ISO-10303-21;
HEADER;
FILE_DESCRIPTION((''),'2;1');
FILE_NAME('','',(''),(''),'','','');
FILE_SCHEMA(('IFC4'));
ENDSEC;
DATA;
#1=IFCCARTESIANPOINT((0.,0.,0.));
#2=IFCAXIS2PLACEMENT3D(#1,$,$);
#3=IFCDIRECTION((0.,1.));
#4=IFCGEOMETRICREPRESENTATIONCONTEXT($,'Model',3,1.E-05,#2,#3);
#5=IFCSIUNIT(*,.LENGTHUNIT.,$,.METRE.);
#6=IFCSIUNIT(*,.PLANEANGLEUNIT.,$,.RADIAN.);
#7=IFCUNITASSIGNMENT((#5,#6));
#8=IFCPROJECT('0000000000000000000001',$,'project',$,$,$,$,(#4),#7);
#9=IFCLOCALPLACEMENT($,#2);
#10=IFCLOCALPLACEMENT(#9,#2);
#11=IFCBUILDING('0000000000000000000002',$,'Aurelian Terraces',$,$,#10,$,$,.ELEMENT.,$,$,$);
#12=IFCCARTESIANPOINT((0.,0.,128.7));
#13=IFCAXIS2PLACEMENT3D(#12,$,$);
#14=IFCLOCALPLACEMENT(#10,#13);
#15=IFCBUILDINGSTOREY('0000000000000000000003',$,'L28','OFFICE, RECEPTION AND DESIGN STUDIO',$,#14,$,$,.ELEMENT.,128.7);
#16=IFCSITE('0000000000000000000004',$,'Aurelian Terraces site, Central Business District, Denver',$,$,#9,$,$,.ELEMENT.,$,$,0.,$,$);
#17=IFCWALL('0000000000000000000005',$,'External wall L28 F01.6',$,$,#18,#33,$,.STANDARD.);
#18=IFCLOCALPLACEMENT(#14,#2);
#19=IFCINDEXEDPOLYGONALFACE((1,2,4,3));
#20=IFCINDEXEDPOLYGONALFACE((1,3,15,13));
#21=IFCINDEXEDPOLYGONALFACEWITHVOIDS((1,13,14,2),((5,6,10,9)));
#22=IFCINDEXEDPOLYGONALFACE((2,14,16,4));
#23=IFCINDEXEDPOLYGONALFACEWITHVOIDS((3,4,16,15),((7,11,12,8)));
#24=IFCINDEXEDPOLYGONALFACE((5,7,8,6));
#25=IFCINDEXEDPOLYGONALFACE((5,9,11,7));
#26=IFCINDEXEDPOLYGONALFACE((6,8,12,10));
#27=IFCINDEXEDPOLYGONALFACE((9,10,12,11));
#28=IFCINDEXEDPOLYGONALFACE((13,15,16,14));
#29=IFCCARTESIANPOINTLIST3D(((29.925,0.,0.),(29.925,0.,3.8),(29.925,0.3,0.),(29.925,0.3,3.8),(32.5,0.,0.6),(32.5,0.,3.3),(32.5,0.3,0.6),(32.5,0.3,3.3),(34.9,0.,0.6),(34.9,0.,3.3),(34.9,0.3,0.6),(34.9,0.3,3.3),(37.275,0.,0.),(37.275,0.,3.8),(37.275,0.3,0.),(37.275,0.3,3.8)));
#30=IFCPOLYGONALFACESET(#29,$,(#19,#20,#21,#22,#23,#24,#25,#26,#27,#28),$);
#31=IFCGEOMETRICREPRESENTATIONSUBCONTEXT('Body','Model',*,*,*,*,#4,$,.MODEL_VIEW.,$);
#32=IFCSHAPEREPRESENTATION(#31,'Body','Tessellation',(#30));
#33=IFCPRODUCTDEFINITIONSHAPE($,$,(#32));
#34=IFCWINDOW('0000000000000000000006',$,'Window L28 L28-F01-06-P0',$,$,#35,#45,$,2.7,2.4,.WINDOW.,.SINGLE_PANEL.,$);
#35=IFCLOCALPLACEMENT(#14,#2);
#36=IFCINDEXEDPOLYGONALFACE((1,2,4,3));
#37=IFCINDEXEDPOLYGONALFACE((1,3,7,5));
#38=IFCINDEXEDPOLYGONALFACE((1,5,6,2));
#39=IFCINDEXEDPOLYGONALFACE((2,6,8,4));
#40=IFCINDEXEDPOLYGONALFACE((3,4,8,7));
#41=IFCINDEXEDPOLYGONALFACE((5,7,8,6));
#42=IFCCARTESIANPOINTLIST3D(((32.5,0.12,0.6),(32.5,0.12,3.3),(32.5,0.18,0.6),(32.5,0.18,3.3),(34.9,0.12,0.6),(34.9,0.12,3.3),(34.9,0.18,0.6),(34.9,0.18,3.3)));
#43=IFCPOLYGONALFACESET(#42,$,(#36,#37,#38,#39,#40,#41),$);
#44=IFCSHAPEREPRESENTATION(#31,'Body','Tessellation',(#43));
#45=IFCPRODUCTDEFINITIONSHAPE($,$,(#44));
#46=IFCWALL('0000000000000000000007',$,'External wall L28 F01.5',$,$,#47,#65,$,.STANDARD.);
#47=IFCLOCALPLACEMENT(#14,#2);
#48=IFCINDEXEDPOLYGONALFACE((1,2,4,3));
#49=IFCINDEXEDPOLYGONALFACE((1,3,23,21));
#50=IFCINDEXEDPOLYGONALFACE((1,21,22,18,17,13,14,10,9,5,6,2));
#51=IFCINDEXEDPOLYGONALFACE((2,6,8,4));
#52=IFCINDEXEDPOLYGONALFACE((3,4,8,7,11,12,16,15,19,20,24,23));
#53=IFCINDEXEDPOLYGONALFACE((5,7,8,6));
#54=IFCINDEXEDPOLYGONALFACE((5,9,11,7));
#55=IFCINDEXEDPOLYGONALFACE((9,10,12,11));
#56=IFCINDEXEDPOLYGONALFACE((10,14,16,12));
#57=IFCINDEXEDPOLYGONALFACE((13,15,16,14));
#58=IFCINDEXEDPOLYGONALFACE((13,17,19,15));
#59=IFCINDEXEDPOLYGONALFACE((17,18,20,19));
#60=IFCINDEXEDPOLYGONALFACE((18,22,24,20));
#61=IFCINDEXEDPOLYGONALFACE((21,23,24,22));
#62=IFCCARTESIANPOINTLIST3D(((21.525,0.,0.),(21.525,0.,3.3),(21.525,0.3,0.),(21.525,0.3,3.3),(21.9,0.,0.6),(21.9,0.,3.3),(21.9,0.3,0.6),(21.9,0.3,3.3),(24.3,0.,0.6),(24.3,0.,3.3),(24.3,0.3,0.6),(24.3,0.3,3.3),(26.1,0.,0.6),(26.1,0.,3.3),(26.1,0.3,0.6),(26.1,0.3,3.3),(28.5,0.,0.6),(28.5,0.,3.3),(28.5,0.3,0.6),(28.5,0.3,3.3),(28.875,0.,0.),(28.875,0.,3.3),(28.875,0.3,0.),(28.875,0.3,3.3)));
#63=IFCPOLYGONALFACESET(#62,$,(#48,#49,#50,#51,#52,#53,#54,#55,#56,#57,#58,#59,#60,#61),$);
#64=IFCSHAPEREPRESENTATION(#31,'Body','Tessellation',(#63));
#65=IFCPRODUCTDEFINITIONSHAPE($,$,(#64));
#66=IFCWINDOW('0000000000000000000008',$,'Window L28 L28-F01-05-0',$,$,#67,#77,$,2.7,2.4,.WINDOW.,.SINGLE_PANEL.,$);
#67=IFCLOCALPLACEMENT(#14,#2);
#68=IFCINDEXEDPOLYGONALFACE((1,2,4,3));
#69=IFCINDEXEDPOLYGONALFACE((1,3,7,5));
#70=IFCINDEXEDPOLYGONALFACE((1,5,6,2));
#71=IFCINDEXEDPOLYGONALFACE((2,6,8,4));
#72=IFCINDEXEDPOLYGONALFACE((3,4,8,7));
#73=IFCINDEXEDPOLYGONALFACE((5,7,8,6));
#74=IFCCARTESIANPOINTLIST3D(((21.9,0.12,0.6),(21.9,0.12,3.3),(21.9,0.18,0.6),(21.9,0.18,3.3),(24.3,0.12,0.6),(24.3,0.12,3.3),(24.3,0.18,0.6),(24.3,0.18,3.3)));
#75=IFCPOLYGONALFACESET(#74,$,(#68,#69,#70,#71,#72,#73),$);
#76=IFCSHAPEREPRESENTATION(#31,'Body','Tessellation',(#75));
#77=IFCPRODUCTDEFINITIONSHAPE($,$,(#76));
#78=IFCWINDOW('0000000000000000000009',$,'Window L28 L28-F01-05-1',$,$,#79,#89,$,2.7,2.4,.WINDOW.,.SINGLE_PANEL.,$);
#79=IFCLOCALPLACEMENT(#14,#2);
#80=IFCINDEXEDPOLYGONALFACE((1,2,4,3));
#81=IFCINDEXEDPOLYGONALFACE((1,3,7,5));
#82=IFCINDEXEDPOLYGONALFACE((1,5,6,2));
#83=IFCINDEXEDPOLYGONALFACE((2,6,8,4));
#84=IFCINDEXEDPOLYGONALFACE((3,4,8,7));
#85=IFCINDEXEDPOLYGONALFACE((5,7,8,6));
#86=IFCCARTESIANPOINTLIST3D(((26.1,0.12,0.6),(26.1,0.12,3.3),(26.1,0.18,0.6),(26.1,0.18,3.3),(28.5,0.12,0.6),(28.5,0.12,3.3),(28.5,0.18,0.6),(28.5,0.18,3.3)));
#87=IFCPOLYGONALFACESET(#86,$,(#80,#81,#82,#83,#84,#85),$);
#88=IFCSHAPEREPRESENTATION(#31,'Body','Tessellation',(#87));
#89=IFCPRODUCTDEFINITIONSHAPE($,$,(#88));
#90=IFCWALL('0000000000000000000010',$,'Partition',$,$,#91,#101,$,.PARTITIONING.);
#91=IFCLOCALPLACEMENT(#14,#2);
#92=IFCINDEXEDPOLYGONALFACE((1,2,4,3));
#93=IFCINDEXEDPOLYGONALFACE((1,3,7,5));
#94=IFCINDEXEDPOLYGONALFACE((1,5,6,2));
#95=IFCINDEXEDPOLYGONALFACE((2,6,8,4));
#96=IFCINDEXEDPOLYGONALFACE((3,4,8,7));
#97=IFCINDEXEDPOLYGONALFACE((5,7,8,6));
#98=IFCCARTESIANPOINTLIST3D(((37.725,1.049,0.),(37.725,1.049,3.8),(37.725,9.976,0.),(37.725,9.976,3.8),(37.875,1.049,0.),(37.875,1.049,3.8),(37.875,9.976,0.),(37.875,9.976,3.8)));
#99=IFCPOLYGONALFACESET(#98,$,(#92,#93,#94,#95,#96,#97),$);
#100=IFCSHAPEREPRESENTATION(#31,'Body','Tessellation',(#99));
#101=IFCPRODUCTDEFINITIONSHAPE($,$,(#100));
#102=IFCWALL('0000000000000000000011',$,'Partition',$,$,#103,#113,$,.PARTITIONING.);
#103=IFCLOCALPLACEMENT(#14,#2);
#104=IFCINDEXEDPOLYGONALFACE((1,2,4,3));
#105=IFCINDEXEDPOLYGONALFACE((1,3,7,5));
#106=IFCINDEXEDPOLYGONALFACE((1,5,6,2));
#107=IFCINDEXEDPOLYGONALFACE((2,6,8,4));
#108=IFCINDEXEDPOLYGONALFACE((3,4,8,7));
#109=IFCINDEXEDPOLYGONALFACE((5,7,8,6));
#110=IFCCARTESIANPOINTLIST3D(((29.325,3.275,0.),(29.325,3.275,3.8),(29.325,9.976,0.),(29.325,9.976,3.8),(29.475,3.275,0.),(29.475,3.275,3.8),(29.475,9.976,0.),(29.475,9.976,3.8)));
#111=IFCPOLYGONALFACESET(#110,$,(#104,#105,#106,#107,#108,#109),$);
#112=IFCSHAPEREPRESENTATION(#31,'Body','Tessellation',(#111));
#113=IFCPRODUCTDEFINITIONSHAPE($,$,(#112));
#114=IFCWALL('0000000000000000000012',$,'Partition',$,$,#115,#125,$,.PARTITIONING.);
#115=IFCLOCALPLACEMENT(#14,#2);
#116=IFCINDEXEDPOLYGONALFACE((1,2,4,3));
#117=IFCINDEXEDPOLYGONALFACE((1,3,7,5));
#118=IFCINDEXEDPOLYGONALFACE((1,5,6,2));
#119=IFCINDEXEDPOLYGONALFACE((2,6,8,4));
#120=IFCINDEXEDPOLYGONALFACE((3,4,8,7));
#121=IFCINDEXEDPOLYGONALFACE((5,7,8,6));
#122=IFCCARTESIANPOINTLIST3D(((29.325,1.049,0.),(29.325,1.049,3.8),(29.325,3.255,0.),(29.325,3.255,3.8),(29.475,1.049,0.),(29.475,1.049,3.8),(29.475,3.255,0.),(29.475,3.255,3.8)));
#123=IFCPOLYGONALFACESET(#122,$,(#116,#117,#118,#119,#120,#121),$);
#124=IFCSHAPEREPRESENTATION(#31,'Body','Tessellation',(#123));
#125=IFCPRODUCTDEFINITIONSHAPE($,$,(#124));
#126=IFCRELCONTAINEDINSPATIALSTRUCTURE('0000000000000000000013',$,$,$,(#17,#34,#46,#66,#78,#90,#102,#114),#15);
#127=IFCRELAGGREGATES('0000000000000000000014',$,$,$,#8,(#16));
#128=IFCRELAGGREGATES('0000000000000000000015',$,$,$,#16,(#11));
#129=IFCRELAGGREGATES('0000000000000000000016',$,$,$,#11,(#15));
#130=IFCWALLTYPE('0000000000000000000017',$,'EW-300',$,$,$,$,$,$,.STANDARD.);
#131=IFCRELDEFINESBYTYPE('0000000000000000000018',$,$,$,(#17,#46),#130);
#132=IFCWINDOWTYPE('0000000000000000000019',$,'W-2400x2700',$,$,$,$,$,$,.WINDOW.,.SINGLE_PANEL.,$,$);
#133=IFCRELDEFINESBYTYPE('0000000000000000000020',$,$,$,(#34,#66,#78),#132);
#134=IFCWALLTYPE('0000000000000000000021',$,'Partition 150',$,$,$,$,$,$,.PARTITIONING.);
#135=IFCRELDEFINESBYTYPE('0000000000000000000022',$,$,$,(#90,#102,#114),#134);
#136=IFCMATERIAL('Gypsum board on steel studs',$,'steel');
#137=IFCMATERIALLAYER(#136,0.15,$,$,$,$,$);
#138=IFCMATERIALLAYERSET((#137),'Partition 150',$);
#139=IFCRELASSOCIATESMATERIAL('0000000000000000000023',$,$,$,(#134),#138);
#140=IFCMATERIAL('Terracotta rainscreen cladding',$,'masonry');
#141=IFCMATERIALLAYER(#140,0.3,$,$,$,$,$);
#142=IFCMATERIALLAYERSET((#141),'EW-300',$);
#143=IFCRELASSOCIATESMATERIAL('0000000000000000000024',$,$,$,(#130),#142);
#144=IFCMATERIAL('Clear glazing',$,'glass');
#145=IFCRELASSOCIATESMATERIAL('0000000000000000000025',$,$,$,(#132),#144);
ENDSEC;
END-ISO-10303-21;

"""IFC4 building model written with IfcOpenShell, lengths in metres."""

from ifc_helpers import new_model, si_unit, direction, frame, frame_2d, origin, place, context, subcontext, project, spatial, rectangle, extrude, source, transform, mapped, material, layer, layer_set, type_object, element, fill, save


model = new_model("IFC4")

# Units and contexts
model_context = context("Model", 3, precision=1e-05, world=origin(), true_north=direction((0.0, 1.0)))
body_context = subcontext(model_context, "Body", "Model", "MODEL_VIEW")
ifc_project = project(units=[si_unit("LENGTHUNIT", "METRE"), si_unit("PLANEANGLEUNIT", "RADIAN")], contexts=[model_context])

# Site, building, storey
site_placement = place(None, origin())
site = spatial("IfcSite", under=ifc_project, at=site_placement, Name="Aurelian Terraces site, Central Business District, Denver", CompositionType="ELEMENT", RefElevation=0.0)
building_placement = place(site_placement, origin())
building = spatial("IfcBuilding", under=site, at=building_placement, Name="Aurelian Terraces", CompositionType="ELEMENT")
storey_placement = place(building_placement, frame((0.0, 0.0, 128.7)))
storey = spatial("IfcBuildingStorey", under=building, at=storey_placement, Name="L28", Description="OFFICE, RECEPTION AND DESIGN STUDIO", CompositionType="ELEMENT", Elevation=128.7)

# Shared definitions
ifc_material_1 = material(Name="Gypsum board on steel studs", Category="steel")
ifc_layer_1 = layer(ifc_material_1, 0.15)
ifc_layer_set_1 = layer_set([ifc_layer_1], Name="Partition 150")
wall_type_1 = type_object("IfcWallType", Name="Partition 150", PredefinedType="PARTITIONING", material=ifc_layer_set_1)

# Wall, opening, window
ifc_material_2 = material(Name="Terracotta rainscreen cladding", Category="masonry")
ifc_layer_2 = layer(ifc_material_2, 0.3)
ifc_layer_set_2 = layer_set([ifc_layer_2], Name="EW-300")
wall_type_2 = type_object("IfcWallType", Name="EW-300", PredefinedType="STANDARD", material=ifc_layer_set_2)
shared_shape_1 = source(origin(), body_context, "Body", "SweptSolid", [
    extrude(rectangle(XDim=7.35, YDim=0.3, at=frame_2d((3.675, 0.0))), origin(), (0.0, 0.0, 1.0), 3.8),
])
wall_1_placement = place(storey_placement, frame((29.925, 0.15, 0.0), z_axis=(0.0, 0.0, 1.0), x_axis=(1.0, 0.0, 0.0)))
wall_1 = element("IfcWall", 1, at=wall_1_placement, inside=storey, type_object=wall_type_2, Name="External wall L28 F01.6", PredefinedType="STANDARD", context=body_context, shape_type="MappedRepresentation", body=[
    mapped(shared_shape_1, transform((0.0, 0.0, 0.0), scale=1.0)),
])
shared_shape_2 = source(origin(), body_context, "Body", "SweptSolid", [
    extrude(rectangle(XDim=2.4, YDim=2.7, at=frame_2d((1.2, 1.35))), frame((0.0, 0.16, 0.0), z_axis=(0.0, -1.0, 0.0), x_axis=(1.0, 0.0, 0.0)), (0.0, 0.0, 1.0), 0.32),
])
opening_1_placement = place(wall_1_placement, frame((2.575, 0.0, 0.6)))
opening_1 = element("IfcOpeningElement", 2, at=opening_1_placement, cuts=wall_1, PredefinedType="OPENING", context=body_context, shape_type="MappedRepresentation", body=[
    mapped(shared_shape_2, transform((0.0, 0.0, 0.0), scale=1.0)),
])
ifc_material_3 = material(Name="Clear glazing", Category="glass")
window_type = type_object("IfcWindowType", Name="W-2400x2700", PartitioningType="SINGLE_PANEL", PredefinedType="WINDOW", material=ifc_material_3)
shared_shape_3 = source(origin(), body_context, "Body", "SweptSolid", [
    extrude(rectangle(XDim=2.4, YDim=2.7, at=frame_2d((1.2, 1.35))), frame((0.0, 0.03, 0.0), z_axis=(0.0, -1.0, 0.0), x_axis=(1.0, 0.0, 0.0)), (0.0, 0.0, 1.0), 0.06),
])
window_1_placement = place(opening_1_placement, origin())
window_1 = element("IfcWindow", 3, at=window_1_placement, inside=storey, type_object=window_type, Name="Window L28 L28-F01-06-P0", OverallHeight=2.7, OverallWidth=2.4, PartitioningType="SINGLE_PANEL", PredefinedType="WINDOW", context=body_context, shape_type="MappedRepresentation", body=[
    mapped(shared_shape_3, transform((0.0, 0.0, 0.0), scale=1.0)),
])
fill(opening_1, window_1)

# Wall, openings, windows
shared_shape_4 = source(origin(), body_context, "Body", "SweptSolid", [
    extrude(rectangle(XDim=7.35, YDim=0.3, at=frame_2d((3.675, 0.0))), origin(), (0.0, 0.0, 1.0), 3.3),
])
wall_2_placement = place(storey_placement, frame((21.525, 0.15, 0.0), z_axis=(0.0, 0.0, 1.0), x_axis=(1.0, 0.0, 0.0)))
wall_2 = element("IfcWall", 4, at=wall_2_placement, inside=storey, type_object=wall_type_2, Name="External wall L28 F01.5", PredefinedType="STANDARD", context=body_context, shape_type="MappedRepresentation", body=[
    mapped(shared_shape_4, transform((0.0, 0.0, 0.0), scale=1.0)),
])
opening_2_placement = place(wall_2_placement, frame((0.375, 0.0, 0.6)))
opening_2 = element("IfcOpeningElement", 5, at=opening_2_placement, cuts=wall_2, PredefinedType="OPENING", context=body_context, shape_type="MappedRepresentation", body=[
    mapped(shared_shape_2, transform((0.0, 0.0, 0.0), scale=1.0)),
])
opening_3_placement = place(wall_2_placement, frame((4.575, 0.0, 0.6)))
opening_3 = element("IfcOpeningElement", 6, at=opening_3_placement, cuts=wall_2, PredefinedType="OPENING", context=body_context, shape_type="MappedRepresentation", body=[
    mapped(shared_shape_2, transform((0.0, 0.0, 0.0), scale=1.0)),
])
window_2_placement = place(opening_2_placement, origin())
window_2 = element("IfcWindow", 7, at=window_2_placement, inside=storey, type_object=window_type, Name="Window L28 L28-F01-05-0", OverallHeight=2.7, OverallWidth=2.4, PartitioningType="SINGLE_PANEL", PredefinedType="WINDOW", context=body_context, shape_type="MappedRepresentation", body=[
    mapped(shared_shape_3, transform((0.0, 0.0, 0.0), scale=1.0)),
])
fill(opening_2, window_2)
window_3_placement = place(opening_3_placement, origin())
window_3 = element("IfcWindow", 8, at=window_3_placement, inside=storey, type_object=window_type, Name="Window L28 L28-F01-05-1", OverallHeight=2.7, OverallWidth=2.4, PartitioningType="SINGLE_PANEL", PredefinedType="WINDOW", context=body_context, shape_type="MappedRepresentation", body=[
    mapped(shared_shape_3, transform((0.0, 0.0, 0.0), scale=1.0)),
])
fill(opening_3, window_3)

# Walls
shared_shape_5 = source(origin(), body_context, "Body", "SweptSolid", [
    extrude(rectangle(XDim=8.927, YDim=0.15, at=frame_2d((4.4635, 0.0))), origin(), (0.0, 0.0, 1.0), 3.8),
])
wall_3_placement = place(storey_placement, frame((37.8, 1.049, 0.0), z_axis=(0.0, 0.0, 1.0), x_axis=(0.0, 1.0, 0.0)))
element("IfcWall", 9, at=wall_3_placement, inside=storey, type_object=wall_type_1, Name="Partition", PredefinedType="PARTITIONING", context=body_context, shape_type="MappedRepresentation", body=[
    mapped(shared_shape_5, transform((0.0, 0.0, 0.0), scale=1.0)),
])
shared_shape_6 = source(origin(), body_context, "Body", "SweptSolid", [
    extrude(rectangle(XDim=6.701, YDim=0.15, at=frame_2d((3.3505, 0.0))), origin(), (0.0, 0.0, 1.0), 3.8),
])
wall_4_placement = place(storey_placement, frame((29.4, 3.275, 0.0), z_axis=(0.0, 0.0, 1.0), x_axis=(0.0, 1.0, 0.0)))
element("IfcWall", 10, at=wall_4_placement, inside=storey, type_object=wall_type_1, Name="Partition", PredefinedType="PARTITIONING", context=body_context, shape_type="MappedRepresentation", body=[
    mapped(shared_shape_6, transform((0.0, 0.0, 0.0), scale=1.0)),
])
shared_shape_7 = source(origin(), body_context, "Body", "SweptSolid", [
    extrude(rectangle(XDim=2.206, YDim=0.15, at=frame_2d((1.103, 0.0))), origin(), (0.0, 0.0, 1.0), 3.8),
])
wall_5_placement = place(storey_placement, frame((29.4, 1.049, 0.0), z_axis=(0.0, 0.0, 1.0), x_axis=(0.0, 1.0, 0.0)))
element("IfcWall", 11, at=wall_5_placement, inside=storey, type_object=wall_type_1, Name="Partition", PredefinedType="PARTITIONING", context=body_context, shape_type="MappedRepresentation", body=[
    mapped(shared_shape_7, transform((0.0, 0.0, 0.0), scale=1.0)),
])

save(model, "model.ifc")
